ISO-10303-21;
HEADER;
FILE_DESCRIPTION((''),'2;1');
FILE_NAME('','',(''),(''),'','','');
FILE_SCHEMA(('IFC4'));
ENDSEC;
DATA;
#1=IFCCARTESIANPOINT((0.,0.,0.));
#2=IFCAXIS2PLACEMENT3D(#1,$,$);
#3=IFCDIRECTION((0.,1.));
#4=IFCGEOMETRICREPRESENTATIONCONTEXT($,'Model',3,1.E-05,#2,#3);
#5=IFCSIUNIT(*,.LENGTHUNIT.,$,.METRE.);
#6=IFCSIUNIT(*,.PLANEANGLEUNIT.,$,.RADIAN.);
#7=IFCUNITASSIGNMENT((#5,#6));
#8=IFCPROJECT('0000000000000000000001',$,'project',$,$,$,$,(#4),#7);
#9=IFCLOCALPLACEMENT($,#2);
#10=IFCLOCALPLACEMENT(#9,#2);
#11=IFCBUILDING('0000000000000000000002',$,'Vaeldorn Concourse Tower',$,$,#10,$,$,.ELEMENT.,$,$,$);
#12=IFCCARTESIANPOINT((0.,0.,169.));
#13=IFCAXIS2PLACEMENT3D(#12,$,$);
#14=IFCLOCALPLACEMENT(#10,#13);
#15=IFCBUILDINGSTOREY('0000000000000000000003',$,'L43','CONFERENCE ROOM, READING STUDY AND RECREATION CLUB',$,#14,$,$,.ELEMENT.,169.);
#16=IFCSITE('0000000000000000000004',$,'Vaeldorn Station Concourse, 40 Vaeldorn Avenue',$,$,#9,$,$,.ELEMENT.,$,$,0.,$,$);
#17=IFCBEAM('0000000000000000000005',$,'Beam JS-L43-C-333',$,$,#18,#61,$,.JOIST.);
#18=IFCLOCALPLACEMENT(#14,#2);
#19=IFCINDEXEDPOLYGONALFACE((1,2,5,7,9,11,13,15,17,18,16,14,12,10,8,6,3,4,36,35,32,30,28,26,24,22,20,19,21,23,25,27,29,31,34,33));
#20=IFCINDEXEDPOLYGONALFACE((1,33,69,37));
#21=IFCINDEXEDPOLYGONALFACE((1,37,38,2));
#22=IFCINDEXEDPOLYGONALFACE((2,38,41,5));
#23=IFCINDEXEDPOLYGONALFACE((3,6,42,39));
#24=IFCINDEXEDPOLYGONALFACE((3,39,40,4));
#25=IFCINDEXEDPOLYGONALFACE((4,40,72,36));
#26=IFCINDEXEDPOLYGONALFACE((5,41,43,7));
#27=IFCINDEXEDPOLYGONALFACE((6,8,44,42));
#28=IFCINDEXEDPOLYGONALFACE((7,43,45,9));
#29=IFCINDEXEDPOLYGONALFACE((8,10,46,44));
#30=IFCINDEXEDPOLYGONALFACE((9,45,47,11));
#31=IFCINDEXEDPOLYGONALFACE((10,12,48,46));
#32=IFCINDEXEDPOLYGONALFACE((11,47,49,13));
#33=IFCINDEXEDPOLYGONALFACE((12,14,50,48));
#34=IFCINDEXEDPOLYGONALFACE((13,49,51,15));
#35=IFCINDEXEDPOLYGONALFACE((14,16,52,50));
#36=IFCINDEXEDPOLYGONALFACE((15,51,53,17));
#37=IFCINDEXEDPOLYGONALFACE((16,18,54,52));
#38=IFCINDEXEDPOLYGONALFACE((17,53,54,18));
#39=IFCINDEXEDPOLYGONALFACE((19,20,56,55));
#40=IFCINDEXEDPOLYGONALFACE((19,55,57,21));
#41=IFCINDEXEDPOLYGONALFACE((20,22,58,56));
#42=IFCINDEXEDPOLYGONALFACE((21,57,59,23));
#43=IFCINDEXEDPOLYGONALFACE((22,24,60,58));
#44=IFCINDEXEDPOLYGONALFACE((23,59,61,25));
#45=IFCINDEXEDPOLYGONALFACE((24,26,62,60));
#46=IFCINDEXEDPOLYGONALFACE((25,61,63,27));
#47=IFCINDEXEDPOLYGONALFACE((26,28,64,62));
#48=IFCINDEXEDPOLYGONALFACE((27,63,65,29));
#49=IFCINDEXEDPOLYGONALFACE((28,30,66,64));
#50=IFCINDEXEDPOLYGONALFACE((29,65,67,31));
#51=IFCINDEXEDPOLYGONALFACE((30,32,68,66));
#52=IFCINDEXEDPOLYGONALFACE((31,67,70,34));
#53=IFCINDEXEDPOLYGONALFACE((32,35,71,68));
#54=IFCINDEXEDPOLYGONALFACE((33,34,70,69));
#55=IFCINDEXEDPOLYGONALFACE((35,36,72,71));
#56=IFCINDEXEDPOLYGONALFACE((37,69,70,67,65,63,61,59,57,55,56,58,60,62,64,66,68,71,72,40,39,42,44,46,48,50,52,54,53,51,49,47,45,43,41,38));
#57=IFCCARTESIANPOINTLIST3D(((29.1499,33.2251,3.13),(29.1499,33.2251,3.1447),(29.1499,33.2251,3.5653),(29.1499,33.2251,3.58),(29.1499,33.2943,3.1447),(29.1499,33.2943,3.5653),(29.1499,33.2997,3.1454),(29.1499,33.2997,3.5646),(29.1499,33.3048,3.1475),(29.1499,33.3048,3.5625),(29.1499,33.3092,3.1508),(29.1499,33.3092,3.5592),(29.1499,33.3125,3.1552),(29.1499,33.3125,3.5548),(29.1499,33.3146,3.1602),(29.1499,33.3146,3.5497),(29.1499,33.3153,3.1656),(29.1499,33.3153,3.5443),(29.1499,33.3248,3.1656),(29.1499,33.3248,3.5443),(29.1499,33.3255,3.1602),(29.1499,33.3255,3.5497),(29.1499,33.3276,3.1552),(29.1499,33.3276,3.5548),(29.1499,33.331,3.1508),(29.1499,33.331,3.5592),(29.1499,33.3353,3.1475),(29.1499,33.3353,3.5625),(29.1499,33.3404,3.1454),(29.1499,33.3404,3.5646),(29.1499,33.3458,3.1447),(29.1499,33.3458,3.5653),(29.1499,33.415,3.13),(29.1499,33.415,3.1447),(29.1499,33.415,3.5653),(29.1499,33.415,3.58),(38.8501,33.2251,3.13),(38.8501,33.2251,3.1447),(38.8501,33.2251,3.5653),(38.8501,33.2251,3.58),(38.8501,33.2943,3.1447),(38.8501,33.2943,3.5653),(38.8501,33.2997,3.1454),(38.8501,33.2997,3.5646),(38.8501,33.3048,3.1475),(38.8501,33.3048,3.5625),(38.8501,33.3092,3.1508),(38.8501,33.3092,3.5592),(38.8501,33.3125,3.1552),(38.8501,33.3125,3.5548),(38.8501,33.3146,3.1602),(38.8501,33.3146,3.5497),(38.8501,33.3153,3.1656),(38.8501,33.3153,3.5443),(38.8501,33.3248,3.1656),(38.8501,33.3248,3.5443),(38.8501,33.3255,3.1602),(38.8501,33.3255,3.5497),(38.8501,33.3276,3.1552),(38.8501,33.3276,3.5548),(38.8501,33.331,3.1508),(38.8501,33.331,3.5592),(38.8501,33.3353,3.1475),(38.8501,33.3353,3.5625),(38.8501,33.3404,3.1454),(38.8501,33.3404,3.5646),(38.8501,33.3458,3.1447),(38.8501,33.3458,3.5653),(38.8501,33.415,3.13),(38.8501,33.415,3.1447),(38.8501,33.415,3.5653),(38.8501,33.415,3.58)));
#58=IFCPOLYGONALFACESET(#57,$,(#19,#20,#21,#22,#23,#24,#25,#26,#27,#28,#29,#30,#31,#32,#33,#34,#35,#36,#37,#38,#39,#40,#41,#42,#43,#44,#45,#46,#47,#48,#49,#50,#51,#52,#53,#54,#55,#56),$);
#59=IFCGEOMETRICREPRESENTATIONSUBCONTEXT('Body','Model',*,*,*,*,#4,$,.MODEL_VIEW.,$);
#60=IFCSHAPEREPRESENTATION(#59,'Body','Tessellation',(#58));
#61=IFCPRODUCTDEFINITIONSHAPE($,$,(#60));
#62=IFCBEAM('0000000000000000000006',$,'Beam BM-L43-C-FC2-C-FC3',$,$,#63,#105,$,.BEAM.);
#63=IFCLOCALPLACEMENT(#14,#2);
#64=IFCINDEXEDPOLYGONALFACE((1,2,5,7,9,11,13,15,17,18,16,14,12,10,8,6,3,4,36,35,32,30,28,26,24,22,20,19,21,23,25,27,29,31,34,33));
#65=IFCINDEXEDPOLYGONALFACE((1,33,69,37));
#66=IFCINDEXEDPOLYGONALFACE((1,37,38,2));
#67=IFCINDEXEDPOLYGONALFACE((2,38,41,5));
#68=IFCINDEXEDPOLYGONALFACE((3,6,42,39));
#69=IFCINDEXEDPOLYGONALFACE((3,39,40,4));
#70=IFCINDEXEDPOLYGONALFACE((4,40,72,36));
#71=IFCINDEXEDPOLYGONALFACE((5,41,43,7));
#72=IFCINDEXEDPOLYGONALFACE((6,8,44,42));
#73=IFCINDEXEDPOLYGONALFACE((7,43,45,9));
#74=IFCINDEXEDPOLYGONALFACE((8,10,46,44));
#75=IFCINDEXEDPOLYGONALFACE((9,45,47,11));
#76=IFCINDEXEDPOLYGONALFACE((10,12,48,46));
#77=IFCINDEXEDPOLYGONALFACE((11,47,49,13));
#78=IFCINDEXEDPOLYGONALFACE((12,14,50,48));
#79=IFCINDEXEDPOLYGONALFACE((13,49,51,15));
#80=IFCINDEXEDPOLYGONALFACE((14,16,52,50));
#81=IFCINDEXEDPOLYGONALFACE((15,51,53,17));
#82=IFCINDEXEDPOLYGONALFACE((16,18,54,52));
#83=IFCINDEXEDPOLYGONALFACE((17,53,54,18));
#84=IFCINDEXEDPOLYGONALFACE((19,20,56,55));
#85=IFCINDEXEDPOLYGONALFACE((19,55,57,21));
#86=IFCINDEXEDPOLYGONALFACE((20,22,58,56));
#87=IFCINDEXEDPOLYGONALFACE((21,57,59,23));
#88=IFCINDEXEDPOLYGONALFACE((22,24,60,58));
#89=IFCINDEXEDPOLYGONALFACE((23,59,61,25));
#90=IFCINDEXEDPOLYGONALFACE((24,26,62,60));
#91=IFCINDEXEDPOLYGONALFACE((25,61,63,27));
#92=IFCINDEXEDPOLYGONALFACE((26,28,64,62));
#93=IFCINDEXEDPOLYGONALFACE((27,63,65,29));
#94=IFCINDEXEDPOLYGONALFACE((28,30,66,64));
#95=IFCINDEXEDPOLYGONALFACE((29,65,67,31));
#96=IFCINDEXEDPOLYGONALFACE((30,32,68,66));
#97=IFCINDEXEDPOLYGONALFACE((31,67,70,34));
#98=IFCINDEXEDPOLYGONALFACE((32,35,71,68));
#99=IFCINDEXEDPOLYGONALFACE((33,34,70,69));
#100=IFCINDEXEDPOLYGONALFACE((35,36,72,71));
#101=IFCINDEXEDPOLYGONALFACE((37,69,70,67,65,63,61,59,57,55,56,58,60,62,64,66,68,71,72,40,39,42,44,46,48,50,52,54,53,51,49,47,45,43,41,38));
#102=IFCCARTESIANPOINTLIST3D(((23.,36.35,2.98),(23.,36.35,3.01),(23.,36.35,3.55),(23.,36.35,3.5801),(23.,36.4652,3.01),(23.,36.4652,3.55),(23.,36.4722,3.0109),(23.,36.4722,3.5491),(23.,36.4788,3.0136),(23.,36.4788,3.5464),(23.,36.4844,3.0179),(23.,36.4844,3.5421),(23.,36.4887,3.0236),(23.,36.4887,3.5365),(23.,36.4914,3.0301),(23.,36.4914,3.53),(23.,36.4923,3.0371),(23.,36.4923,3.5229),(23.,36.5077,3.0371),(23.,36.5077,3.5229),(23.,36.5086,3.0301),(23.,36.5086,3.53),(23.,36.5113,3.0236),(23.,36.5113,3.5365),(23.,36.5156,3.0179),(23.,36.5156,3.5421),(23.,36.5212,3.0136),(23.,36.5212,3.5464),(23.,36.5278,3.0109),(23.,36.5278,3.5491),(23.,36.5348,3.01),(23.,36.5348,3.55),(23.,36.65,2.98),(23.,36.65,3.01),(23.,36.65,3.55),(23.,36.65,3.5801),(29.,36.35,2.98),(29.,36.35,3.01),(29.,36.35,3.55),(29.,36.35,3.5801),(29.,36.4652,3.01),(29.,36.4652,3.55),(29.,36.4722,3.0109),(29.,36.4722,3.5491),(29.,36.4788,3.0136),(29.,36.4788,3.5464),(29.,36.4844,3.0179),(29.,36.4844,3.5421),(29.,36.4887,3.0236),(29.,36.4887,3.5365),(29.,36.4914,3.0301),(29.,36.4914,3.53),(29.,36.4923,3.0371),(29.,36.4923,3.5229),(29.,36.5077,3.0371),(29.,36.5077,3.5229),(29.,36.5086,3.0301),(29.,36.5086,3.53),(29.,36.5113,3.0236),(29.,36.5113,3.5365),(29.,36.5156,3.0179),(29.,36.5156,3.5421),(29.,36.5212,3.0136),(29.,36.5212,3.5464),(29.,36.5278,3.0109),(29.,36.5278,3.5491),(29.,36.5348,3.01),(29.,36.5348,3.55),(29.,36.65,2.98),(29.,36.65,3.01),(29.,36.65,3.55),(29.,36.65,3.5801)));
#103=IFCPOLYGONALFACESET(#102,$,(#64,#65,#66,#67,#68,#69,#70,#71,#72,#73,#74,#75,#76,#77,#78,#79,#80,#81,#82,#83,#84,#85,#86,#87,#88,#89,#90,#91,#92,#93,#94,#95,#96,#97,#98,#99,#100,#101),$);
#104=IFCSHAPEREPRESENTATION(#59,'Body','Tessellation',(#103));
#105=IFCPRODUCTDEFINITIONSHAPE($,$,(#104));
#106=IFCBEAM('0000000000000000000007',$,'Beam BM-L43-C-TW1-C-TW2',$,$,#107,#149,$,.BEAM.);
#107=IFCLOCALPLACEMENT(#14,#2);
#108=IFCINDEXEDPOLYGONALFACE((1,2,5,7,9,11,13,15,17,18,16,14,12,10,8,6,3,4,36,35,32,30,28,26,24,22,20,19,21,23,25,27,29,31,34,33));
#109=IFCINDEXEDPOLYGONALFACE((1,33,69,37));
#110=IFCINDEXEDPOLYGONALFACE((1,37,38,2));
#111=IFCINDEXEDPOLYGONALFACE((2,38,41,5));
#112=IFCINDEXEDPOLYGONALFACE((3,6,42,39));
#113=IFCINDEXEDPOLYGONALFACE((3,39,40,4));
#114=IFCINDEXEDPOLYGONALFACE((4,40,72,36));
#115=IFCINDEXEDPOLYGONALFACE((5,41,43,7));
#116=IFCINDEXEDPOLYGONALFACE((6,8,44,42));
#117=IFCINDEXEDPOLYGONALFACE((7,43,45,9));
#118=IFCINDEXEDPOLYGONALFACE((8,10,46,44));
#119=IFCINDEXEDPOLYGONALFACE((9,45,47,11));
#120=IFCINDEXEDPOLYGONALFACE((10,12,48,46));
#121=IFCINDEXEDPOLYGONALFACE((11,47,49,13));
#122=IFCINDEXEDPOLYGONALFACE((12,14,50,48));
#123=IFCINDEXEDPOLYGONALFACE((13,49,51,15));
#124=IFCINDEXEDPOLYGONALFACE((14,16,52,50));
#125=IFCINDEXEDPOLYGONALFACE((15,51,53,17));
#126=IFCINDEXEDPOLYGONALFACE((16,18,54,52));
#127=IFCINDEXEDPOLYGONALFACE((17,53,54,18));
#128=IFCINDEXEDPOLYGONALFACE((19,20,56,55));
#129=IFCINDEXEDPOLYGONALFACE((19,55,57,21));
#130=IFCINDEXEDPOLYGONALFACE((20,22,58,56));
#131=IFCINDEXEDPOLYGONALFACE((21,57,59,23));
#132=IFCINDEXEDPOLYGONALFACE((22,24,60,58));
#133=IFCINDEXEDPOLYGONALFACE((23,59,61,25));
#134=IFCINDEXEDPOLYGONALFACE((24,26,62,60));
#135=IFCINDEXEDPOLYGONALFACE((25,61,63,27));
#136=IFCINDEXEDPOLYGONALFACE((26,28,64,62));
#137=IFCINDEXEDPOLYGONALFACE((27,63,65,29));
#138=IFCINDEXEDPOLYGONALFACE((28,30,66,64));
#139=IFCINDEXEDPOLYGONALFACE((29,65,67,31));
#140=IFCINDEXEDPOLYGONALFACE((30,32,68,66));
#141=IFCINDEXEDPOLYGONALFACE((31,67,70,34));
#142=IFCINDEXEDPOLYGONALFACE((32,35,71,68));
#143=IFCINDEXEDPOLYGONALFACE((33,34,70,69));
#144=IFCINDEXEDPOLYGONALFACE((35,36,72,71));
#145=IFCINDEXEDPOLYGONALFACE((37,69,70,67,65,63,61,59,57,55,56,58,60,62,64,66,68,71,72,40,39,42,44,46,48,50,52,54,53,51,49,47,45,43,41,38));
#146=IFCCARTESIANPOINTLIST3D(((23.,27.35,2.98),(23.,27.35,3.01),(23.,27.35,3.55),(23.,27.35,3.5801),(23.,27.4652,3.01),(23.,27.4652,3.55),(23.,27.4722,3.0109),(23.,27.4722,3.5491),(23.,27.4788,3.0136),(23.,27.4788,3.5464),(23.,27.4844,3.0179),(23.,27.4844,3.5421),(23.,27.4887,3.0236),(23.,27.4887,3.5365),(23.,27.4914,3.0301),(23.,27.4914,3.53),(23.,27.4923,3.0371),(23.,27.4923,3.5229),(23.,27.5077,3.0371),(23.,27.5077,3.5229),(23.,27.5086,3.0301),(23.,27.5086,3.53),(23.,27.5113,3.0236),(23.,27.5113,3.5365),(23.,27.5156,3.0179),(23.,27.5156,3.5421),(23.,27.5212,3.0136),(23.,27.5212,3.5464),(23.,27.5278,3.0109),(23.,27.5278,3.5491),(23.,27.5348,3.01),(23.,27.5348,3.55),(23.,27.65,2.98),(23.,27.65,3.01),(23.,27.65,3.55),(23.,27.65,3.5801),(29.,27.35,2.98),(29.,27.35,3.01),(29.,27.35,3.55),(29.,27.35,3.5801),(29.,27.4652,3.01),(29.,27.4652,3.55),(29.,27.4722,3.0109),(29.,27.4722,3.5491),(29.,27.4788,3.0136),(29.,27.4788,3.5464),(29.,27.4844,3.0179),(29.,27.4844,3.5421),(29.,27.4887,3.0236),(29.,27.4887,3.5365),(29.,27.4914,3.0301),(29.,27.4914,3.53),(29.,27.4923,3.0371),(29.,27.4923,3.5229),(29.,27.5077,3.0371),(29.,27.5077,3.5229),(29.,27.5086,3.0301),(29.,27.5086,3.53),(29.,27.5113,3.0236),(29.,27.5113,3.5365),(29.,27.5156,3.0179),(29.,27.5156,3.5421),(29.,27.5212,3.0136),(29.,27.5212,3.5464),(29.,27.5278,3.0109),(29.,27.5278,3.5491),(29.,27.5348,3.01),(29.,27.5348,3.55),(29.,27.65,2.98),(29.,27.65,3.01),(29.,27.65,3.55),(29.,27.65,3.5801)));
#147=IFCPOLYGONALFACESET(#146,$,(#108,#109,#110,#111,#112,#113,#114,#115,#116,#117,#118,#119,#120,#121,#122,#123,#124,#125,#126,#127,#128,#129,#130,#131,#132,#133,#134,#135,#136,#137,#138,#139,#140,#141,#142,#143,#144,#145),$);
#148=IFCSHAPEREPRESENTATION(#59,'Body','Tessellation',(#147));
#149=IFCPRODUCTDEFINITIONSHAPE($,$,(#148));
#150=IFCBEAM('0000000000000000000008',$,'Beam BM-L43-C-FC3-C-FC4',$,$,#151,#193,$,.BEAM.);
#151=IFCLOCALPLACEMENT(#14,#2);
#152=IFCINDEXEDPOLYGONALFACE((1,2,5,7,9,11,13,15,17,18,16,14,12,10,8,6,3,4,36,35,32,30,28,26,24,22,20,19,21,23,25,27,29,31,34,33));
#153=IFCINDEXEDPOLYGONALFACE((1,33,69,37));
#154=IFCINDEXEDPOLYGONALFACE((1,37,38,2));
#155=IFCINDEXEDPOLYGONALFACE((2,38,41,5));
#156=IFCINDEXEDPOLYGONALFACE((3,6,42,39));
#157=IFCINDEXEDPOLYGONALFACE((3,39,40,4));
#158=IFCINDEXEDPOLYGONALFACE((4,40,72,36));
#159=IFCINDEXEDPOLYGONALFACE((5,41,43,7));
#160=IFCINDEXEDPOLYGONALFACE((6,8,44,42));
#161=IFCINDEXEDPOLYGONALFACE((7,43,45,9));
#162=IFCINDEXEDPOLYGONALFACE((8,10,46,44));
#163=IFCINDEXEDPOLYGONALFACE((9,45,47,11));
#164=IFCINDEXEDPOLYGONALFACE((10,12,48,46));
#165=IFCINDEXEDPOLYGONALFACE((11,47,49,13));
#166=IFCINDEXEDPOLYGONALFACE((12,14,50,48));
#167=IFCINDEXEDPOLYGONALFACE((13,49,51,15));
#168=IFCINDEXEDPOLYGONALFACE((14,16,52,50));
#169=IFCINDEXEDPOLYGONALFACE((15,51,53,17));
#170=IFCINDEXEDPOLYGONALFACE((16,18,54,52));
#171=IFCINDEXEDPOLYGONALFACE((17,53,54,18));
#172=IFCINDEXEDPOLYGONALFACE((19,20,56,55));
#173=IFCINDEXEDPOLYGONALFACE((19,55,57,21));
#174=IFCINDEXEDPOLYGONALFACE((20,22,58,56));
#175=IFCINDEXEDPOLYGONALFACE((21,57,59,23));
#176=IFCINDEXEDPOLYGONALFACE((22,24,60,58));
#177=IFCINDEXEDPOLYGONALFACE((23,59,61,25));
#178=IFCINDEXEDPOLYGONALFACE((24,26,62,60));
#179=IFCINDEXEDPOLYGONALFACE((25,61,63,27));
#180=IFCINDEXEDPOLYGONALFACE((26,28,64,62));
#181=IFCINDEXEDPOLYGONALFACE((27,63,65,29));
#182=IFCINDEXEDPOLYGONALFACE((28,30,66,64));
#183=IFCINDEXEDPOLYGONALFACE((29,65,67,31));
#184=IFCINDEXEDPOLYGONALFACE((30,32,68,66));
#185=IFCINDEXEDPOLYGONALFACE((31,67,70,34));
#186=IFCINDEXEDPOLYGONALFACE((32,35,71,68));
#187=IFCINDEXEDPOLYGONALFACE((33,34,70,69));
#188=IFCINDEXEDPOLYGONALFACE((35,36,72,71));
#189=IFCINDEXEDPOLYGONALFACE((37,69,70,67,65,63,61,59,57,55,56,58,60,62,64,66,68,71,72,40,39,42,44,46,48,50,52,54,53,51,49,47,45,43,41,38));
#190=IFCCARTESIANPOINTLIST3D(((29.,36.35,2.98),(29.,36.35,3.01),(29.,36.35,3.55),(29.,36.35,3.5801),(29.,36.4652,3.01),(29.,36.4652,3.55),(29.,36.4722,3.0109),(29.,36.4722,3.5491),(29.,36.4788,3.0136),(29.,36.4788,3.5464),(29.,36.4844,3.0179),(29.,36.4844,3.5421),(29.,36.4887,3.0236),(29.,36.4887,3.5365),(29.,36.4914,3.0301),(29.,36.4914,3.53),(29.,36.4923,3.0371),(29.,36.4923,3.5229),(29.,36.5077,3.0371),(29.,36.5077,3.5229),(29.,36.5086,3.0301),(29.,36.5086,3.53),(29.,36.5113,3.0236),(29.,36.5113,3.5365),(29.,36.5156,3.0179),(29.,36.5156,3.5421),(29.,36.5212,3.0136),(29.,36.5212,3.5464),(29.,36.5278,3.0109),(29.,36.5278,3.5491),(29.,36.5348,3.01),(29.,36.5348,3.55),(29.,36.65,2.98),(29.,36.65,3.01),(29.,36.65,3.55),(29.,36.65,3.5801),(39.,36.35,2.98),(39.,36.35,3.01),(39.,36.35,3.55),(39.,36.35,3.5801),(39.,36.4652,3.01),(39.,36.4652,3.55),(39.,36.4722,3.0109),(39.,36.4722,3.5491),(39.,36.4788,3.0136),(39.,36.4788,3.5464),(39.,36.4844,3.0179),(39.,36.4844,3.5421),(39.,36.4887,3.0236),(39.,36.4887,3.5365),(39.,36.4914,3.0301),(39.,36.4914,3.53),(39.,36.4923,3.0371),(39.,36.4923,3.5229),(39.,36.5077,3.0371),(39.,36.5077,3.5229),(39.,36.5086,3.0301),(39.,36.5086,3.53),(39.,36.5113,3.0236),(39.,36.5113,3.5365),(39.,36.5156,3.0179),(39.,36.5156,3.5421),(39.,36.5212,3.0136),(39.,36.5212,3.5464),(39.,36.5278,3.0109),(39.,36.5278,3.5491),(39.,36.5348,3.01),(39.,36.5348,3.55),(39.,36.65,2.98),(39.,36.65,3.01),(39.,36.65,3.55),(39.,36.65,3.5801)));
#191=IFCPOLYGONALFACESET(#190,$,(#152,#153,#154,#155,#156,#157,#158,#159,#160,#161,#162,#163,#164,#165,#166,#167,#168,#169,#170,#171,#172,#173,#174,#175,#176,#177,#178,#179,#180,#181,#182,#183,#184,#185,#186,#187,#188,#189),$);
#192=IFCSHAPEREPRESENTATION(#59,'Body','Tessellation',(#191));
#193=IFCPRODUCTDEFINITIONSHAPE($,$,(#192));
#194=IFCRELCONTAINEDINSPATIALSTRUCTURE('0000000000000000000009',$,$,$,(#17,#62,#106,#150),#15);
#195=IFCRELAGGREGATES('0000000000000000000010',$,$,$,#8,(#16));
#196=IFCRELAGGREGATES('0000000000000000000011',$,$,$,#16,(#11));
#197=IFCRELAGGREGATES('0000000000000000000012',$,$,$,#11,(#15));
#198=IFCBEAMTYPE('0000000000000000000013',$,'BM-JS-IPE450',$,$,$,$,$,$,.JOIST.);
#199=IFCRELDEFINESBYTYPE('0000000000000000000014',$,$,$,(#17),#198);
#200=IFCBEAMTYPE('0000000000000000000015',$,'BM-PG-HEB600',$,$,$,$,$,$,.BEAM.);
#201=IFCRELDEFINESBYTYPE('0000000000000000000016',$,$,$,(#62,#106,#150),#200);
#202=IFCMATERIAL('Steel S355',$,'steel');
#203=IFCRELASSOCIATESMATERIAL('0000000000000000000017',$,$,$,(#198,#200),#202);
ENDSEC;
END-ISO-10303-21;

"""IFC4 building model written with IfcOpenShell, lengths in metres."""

from ifc_helpers import new_model, si_unit, direction, frame, origin, origin_2d, place, context, subcontext, project, spatial, i_section, extrude, source, transform, mapped, material, material_profile, profile_set, type_object, element, save


model = new_model("IFC4")

# Units and contexts
model_context = context("Model", 3, precision=1e-05, world=origin(), true_north=direction((0.0, 1.0)))
body_context = subcontext(model_context, "Body", "Model", "MODEL_VIEW")
ifc_project = project(units=[si_unit("LENGTHUNIT", "METRE"), si_unit("PLANEANGLEUNIT", "RADIAN")], contexts=[model_context])

# Site, building, storey
site_placement = place(None, origin())
site = spatial("IfcSite", under=ifc_project, at=site_placement, Name="Vaeldorn Station Concourse, 40 Vaeldorn Avenue", CompositionType="ELEMENT", RefElevation=0.0)
building_placement = place(site_placement, origin())
building = spatial("IfcBuilding", under=site, at=building_placement, Name="Vaeldorn Concourse Tower", CompositionType="ELEMENT")
storey_placement = place(building_placement, frame((0.0, 0.0, 169.0)))
storey = spatial("IfcBuildingStorey", under=building, at=storey_placement, Name="L43", Description="CONFERENCE ROOM, READING STUDY AND RECREATION CLUB", CompositionType="ELEMENT", Elevation=169.0)

# Beams
ifc_material_1 = material(Name="Steel S355", Category="steel")
ifc_material_profile_1 = material_profile(ifc_material_1, i_section(OverallWidth=0.1899, OverallDepth=0.45, WebThickness=0.0095, FlangeThickness=0.0146, FilletRadius=0.021, at=origin_2d()), Name="IPE 450")
ifc_profile_set_1 = profile_set([ifc_material_profile_1], Name="Steel S355")
beam_type_1 = type_object("IfcBeamType", Name="BM-JS-IPE450", PredefinedType="JOIST", material=ifc_profile_set_1)
shared_shape_1 = source(origin(), body_context, "Body", "SweptSolid", [
    extrude(i_section(OverallWidth=0.1899, OverallDepth=0.45, WebThickness=0.0095, FlangeThickness=0.0146, FilletRadius=0.021, at=origin_2d()), origin(), (0.0, 0.0, 1.0), 9.7002),
])
for number, where, z_axis, x_axis, name in (
    (1, (29.1499, 33.3201, 3.355), (1.0, 0.0, 0.0), (0.0, 1.0, 0.0), "Beam JS-L43-C-333"),
):
    element("IfcBeam", number, at=place(storey_placement, frame(where, z_axis=z_axis, x_axis=x_axis)), inside=storey, type_object=beam_type_1, Name=name, PredefinedType="JOIST", context=body_context, shape_type="MappedRepresentation", body=[
        mapped(shared_shape_1, transform((0.0, 0.0, 0.0), scale=1.0)),
    ])
ifc_material_profile_2 = material_profile(ifc_material_1, i_section(OverallWidth=0.3, OverallDepth=0.6001, WebThickness=0.0154, FlangeThickness=0.03, FilletRadius=0.0271, at=origin_2d()), Name="HEB 600")
ifc_profile_set_2 = profile_set([ifc_material_profile_2], Name="Steel S355")
beam_type_2 = type_object("IfcBeamType", Name="BM-PG-HEB600", PredefinedType="BEAM", material=ifc_profile_set_2)
shared_shape_2 = source(origin(), body_context, "Body", "SweptSolid", [
    extrude(i_section(OverallWidth=0.3, OverallDepth=0.6001, WebThickness=0.0154, FlangeThickness=0.03, FilletRadius=0.0271, at=origin_2d()), origin(), (0.0, 0.0, 1.0), 6.0),
])
for number, where, z_axis, x_axis, name in (
    (2, (23.0, 36.5, 3.28), (1.0, 0.0, 0.0), (0.0, 1.0, 0.0), "Beam BM-L43-C-FC2-C-FC3"),
    (3, (23.0, 27.5, 3.28), (1.0, 0.0, 0.0), (0.0, 1.0, 0.0), "Beam BM-L43-C-TW1-C-TW2"),
):
    element("IfcBeam", number, at=place(storey_placement, frame(where, z_axis=z_axis, x_axis=x_axis)), inside=storey, type_object=beam_type_2, Name=name, PredefinedType="BEAM", context=body_context, shape_type="MappedRepresentation", body=[
        mapped(shared_shape_2, transform((0.0, 0.0, 0.0), scale=1.0)),
    ])
shared_shape_3 = source(origin(), body_context, "Body", "SweptSolid", [
    extrude(i_section(OverallWidth=0.3, OverallDepth=0.6001, WebThickness=0.0154, FlangeThickness=0.03, FilletRadius=0.0271, at=origin_2d()), origin(), (0.0, 0.0, 1.0), 10.0),
])
for number, where, z_axis, x_axis, name in (
    (4, (29.0, 36.5, 3.28), (1.0, 0.0, 0.0), (0.0, 1.0, 0.0), "Beam BM-L43-C-FC3-C-FC4"),
):
    element("IfcBeam", number, at=place(storey_placement, frame(where, z_axis=z_axis, x_axis=x_axis)), inside=storey, type_object=beam_type_2, Name=name, PredefinedType="BEAM", context=body_context, shape_type="MappedRepresentation", body=[
        mapped(shared_shape_3, transform((0.0, 0.0, 0.0), scale=1.0)),
    ])

save(model, "model.ifc")
